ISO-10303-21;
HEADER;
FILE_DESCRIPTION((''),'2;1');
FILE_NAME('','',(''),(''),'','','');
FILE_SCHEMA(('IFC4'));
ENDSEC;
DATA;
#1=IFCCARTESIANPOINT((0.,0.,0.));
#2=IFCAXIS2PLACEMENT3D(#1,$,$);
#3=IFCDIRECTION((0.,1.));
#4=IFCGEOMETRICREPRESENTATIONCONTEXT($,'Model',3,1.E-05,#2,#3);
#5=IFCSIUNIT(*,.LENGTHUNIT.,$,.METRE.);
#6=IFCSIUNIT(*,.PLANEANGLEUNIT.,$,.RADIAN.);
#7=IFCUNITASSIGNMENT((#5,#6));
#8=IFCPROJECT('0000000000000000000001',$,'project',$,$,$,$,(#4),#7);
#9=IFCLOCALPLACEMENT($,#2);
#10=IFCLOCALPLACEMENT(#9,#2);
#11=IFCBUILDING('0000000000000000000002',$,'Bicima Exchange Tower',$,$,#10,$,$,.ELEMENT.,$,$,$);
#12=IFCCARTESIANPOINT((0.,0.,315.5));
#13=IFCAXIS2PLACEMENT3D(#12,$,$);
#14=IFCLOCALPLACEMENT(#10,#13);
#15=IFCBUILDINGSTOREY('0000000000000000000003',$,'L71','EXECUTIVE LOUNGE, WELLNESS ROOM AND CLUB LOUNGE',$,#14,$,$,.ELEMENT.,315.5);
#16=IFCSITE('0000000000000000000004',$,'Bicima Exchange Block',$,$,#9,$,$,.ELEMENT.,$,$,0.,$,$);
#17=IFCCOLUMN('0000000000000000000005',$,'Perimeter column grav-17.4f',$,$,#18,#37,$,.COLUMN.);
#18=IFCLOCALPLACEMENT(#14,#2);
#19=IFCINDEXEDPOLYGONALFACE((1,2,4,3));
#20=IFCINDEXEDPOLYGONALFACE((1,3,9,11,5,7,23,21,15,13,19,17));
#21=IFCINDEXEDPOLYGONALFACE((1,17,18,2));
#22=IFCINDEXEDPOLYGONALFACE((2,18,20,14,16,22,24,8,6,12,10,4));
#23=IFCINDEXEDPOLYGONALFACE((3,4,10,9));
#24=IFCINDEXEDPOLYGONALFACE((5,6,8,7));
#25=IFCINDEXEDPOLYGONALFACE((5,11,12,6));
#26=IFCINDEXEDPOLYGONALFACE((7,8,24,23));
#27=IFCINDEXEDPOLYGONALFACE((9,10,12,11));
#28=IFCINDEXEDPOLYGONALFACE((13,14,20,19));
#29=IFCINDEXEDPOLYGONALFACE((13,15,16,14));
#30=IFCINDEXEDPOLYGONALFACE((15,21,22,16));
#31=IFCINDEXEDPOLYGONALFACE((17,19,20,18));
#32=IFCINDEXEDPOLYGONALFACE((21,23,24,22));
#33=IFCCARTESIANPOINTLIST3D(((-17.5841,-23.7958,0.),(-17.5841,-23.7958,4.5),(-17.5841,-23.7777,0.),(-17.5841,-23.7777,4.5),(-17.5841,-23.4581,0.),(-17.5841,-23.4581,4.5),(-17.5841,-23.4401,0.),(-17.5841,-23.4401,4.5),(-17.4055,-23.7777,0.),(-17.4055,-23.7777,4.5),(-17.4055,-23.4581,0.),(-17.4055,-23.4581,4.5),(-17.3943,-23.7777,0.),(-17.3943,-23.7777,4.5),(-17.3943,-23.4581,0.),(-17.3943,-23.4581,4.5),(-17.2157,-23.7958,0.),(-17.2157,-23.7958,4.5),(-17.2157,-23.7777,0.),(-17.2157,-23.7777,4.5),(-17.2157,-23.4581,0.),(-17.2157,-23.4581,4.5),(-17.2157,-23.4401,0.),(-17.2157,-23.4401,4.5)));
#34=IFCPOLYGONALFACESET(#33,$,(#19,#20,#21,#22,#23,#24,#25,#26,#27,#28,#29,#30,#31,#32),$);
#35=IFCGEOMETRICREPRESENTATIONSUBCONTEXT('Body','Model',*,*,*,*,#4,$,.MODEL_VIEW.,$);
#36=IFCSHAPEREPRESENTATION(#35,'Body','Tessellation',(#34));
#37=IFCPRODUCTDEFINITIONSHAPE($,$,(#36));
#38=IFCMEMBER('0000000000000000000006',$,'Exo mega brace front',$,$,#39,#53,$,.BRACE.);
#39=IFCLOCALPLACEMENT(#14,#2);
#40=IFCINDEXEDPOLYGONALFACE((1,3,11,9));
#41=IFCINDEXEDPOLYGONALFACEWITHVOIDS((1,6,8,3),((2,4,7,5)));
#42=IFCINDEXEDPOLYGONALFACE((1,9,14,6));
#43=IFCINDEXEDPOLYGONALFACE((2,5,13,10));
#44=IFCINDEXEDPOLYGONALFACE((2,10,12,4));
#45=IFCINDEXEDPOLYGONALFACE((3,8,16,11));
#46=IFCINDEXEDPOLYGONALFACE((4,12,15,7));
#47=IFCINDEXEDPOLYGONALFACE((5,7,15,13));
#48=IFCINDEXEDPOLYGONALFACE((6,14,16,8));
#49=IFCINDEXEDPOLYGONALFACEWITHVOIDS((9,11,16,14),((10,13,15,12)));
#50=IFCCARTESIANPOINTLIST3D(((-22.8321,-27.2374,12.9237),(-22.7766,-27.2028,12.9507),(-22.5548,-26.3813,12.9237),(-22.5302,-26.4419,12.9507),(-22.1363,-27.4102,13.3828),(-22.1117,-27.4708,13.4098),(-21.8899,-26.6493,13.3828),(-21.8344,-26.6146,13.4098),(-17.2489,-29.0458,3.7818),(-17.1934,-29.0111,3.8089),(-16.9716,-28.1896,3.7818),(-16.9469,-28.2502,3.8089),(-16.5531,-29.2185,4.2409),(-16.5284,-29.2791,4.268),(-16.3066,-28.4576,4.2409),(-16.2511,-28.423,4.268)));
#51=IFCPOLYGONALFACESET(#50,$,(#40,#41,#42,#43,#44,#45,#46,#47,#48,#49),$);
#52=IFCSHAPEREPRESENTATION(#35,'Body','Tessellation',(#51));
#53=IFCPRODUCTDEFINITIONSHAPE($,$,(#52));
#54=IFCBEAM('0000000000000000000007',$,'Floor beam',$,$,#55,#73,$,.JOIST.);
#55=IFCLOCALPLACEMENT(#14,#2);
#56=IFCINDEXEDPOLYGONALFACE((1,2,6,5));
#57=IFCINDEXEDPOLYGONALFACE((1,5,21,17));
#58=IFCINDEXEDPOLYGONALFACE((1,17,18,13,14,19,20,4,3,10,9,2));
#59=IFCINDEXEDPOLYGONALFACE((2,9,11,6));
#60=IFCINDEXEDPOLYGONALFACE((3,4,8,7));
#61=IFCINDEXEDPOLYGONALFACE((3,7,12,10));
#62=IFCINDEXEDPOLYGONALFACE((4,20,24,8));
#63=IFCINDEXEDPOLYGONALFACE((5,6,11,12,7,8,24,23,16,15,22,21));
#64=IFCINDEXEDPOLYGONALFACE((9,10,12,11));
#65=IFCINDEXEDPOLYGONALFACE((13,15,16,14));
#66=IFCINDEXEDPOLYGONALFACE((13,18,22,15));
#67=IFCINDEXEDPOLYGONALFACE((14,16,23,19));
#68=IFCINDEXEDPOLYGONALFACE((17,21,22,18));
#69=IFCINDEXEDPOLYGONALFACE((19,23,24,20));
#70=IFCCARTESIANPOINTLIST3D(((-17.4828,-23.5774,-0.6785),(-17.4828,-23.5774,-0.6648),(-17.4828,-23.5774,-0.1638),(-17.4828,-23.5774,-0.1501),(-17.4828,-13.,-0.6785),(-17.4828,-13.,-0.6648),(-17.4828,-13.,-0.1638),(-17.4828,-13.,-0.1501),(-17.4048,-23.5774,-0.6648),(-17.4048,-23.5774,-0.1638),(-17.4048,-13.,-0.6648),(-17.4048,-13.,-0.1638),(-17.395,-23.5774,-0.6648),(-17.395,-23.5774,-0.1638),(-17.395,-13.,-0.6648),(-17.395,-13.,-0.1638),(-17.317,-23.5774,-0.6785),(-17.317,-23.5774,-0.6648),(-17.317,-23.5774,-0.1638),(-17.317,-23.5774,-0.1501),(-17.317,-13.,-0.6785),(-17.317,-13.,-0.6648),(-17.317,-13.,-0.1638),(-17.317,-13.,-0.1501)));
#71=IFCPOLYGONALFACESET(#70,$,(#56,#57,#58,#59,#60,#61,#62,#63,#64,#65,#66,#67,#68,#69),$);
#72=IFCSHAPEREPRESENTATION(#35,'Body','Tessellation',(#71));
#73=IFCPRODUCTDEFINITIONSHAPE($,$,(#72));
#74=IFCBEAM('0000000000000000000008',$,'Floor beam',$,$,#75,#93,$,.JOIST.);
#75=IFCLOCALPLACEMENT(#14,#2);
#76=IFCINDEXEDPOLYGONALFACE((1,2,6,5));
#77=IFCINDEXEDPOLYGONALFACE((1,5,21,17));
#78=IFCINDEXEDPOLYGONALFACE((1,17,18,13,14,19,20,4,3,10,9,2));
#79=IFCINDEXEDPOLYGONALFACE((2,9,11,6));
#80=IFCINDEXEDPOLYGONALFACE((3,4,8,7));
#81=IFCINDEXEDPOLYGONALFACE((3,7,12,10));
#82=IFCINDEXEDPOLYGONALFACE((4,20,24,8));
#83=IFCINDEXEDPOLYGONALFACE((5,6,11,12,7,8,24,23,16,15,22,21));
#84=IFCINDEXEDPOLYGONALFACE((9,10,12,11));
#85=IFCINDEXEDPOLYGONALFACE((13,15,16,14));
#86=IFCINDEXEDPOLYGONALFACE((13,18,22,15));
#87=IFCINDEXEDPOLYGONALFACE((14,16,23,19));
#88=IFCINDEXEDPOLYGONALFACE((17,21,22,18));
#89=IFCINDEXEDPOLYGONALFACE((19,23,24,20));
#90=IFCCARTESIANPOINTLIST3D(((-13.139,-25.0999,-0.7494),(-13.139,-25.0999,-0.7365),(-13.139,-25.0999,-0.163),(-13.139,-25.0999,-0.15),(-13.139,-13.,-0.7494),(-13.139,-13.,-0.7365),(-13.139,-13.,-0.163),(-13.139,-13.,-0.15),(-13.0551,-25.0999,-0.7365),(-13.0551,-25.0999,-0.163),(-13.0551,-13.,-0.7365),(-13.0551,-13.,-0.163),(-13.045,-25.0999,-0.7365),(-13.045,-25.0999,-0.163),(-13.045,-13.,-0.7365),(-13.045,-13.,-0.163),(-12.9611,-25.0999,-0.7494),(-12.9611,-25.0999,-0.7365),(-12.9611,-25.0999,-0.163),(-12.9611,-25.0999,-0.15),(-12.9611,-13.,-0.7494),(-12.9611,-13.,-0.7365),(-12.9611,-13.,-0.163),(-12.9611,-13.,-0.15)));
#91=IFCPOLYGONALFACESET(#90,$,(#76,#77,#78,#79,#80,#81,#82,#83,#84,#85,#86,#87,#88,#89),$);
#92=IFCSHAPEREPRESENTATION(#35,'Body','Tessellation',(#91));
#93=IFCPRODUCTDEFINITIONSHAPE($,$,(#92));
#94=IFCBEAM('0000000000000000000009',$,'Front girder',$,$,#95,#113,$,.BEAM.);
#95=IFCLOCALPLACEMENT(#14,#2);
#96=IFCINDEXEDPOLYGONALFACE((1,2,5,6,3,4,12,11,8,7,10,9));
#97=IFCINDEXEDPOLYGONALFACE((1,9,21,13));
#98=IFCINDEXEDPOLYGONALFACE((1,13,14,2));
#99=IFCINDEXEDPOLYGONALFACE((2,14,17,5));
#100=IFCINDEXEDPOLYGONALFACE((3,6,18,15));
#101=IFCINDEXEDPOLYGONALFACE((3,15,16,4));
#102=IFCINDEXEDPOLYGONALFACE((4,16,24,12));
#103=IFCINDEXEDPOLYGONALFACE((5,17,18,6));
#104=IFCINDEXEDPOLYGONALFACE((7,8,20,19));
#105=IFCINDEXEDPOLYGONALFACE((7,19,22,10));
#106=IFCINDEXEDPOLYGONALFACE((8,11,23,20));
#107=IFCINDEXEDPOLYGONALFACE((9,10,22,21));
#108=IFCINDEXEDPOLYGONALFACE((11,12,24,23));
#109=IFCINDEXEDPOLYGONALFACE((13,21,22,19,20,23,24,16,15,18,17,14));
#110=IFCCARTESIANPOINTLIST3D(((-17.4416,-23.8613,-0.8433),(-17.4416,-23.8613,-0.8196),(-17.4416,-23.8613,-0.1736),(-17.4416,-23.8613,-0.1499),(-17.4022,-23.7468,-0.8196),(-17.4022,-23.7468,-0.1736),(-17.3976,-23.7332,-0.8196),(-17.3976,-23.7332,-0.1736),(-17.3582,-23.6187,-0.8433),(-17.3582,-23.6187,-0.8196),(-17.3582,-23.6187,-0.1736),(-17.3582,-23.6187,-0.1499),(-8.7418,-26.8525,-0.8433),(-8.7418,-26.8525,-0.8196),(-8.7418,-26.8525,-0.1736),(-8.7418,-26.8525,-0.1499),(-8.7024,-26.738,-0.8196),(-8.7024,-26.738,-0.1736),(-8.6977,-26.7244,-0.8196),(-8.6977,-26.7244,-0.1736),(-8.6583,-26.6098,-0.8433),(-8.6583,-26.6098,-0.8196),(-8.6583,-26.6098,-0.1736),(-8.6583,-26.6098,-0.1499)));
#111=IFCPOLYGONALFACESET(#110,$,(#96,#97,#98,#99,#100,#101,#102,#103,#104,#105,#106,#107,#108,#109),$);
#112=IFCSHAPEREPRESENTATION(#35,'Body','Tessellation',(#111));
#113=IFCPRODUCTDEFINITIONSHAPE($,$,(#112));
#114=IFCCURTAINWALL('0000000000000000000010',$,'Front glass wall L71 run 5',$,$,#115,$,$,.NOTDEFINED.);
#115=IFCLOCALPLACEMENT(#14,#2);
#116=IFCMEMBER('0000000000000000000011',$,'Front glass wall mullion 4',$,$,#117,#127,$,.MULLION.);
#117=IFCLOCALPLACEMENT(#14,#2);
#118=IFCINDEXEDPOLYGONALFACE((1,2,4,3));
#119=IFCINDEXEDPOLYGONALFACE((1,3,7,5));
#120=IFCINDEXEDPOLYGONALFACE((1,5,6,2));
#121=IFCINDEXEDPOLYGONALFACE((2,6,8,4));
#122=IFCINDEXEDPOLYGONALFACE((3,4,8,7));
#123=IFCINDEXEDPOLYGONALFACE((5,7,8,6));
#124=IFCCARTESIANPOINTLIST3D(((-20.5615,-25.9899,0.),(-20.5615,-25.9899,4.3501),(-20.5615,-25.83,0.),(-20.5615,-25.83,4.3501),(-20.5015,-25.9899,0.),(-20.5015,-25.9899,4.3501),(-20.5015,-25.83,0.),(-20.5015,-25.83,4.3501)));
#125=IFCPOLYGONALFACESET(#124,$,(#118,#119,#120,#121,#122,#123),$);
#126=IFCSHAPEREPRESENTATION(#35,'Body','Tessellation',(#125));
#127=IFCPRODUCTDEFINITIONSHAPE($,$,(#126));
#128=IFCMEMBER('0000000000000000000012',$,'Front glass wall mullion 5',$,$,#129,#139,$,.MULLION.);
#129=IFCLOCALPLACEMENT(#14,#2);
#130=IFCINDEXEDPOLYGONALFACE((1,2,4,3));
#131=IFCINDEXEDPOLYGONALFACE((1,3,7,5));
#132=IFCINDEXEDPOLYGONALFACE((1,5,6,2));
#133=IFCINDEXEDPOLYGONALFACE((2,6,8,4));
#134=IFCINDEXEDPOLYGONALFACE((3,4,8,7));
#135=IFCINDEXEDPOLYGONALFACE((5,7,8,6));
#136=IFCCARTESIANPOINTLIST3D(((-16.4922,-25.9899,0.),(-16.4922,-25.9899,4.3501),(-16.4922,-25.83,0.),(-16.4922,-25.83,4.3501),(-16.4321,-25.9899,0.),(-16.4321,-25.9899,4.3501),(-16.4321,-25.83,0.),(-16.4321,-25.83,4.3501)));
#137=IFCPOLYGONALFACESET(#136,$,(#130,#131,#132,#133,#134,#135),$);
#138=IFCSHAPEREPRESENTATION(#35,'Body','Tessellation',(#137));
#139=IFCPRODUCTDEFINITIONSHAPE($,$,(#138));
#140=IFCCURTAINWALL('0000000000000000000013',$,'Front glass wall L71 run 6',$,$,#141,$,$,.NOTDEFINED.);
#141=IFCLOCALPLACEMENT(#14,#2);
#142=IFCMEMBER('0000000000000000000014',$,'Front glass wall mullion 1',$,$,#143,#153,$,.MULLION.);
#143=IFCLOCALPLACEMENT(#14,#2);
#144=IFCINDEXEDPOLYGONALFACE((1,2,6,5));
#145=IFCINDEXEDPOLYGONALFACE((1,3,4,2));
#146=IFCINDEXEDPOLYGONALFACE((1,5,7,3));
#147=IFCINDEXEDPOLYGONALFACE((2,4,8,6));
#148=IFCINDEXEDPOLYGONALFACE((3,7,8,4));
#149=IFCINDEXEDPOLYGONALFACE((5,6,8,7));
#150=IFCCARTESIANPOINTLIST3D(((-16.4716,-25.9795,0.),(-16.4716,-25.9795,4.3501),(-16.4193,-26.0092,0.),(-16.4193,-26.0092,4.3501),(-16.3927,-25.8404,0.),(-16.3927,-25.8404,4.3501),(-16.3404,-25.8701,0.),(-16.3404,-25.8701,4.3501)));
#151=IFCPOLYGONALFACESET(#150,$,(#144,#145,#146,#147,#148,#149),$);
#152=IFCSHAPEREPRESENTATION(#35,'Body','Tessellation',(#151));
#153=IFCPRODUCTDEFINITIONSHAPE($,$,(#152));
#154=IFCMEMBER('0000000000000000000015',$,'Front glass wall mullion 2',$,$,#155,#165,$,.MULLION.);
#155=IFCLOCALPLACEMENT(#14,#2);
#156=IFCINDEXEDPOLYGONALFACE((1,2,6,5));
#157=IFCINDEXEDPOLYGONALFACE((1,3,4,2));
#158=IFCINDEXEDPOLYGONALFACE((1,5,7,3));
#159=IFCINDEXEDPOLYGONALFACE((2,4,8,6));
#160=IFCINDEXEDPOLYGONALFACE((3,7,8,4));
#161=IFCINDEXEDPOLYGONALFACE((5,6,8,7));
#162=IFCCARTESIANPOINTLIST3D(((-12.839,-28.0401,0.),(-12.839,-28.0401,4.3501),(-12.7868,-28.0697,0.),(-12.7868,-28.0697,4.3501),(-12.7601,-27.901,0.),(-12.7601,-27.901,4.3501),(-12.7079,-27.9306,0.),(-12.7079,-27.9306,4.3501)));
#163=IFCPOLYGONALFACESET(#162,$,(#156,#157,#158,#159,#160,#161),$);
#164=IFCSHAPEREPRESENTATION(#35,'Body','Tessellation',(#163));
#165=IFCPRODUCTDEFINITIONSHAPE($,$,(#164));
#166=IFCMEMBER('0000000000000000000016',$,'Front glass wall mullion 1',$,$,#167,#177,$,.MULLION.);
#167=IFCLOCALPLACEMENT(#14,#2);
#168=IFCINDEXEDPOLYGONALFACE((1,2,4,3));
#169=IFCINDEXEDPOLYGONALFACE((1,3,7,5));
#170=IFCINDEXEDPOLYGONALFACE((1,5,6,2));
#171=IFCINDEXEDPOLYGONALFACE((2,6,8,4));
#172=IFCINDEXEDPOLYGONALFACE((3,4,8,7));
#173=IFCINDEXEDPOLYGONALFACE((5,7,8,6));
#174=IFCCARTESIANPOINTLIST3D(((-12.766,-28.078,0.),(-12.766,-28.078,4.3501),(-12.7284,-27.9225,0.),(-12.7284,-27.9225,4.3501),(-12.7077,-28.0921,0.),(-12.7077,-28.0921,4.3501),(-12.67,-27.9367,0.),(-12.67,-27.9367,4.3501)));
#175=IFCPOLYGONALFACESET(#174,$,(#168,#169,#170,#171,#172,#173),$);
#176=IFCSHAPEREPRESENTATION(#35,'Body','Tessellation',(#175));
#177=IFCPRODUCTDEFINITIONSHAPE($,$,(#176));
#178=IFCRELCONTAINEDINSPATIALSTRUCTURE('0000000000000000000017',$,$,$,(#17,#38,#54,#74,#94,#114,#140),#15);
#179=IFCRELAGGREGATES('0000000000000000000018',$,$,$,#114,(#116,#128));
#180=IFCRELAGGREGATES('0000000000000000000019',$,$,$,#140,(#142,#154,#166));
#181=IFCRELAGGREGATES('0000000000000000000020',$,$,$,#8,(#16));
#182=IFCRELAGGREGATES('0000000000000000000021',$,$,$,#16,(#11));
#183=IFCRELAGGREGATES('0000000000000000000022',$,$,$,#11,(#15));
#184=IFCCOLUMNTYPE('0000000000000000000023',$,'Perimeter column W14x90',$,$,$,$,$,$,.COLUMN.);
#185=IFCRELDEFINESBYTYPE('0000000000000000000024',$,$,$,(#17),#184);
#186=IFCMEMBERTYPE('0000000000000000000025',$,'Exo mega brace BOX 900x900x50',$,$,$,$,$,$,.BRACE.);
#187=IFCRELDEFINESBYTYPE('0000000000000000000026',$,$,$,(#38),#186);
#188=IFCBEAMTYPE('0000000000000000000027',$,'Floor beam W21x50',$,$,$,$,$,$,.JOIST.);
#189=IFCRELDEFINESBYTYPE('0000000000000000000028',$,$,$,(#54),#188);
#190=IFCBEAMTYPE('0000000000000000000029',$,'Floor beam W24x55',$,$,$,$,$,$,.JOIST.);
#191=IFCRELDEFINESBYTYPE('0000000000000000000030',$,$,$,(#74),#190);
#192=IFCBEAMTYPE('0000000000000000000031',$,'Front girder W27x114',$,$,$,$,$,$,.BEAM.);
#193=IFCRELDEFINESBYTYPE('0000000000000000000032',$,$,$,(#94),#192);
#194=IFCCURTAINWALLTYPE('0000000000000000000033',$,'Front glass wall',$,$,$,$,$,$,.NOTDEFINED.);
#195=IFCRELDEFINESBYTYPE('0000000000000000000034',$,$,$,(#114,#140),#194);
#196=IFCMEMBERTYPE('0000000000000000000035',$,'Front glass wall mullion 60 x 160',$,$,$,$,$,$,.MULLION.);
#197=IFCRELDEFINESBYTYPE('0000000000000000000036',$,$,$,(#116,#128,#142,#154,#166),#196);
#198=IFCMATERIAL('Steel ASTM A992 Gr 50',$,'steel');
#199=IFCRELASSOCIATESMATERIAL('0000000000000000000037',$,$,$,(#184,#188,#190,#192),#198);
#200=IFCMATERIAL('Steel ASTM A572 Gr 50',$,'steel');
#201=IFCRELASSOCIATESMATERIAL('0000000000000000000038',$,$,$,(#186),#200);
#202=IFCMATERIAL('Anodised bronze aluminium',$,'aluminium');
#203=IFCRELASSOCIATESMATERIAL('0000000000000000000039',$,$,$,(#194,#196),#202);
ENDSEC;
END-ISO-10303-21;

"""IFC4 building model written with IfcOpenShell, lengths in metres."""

from ifc_helpers import new_model, si_unit, direction, frame, origin, origin_2d, place, context, subcontext, project, spatial, rectangle, hollow_rectangle, i_section, extrude, material, material_profile, profile_set, type_object, element, aggregate, save


model = new_model("IFC4")

# Units and contexts
model_context = context("Model", 3, precision=1e-05, world=origin(), true_north=direction((0.0, 1.0)))
body_context = subcontext(model_context, "Body", "Model", "MODEL_VIEW")
ifc_project = project(units=[si_unit("LENGTHUNIT", "METRE"), si_unit("PLANEANGLEUNIT", "RADIAN")], contexts=[model_context])

# Site, building, storey
site_placement = place(None, origin())
site = spatial("IfcSite", under=ifc_project, at=site_placement, Name="Bicima Exchange Block", CompositionType="ELEMENT", RefElevation=0.0)
building_placement = place(site_placement, origin())
building = spatial("IfcBuilding", under=site, at=building_placement, Name="Bicima Exchange Tower", CompositionType="ELEMENT")
storey_placement = place(building_placement, frame((0.0, 0.0, 315.5)))
storey = spatial("IfcBuildingStorey", under=building, at=storey_placement, Name="L71", Description="EXECUTIVE LOUNGE, WELLNESS ROOM AND CLUB LOUNGE", CompositionType="ELEMENT", Elevation=315.5)

# Column
ifc_material_1 = material(Name="Steel ASTM A992 Gr 50", Category="steel")
ifc_material_profile_1 = material_profile(ifc_material_1, i_section(OverallWidth=0.3684, OverallDepth=0.3557, WebThickness=0.0112, FlangeThickness=0.0181, at=origin_2d()))
ifc_profile_set_1 = profile_set([ifc_material_profile_1], Name="Steel ASTM A992 Gr 50")
column_type = type_object("IfcColumnType", Name="Perimeter column W14x90", PredefinedType="COLUMN", material=ifc_profile_set_1)
column_placement = place(storey_placement, frame((-17.3999, -23.6179, 0.0), z_axis=(0.0, 0.0, 1.0), x_axis=(1.0, 0.0, 0.0)))
element("IfcColumn", 1, at=column_placement, inside=storey, type_object=column_type, Name="Perimeter column grav-17.4f", PredefinedType="COLUMN", context=body_context, shape_type="SweptSolid", body=[
    extrude(i_section(OverallWidth=0.3684, OverallDepth=0.3557, WebThickness=0.0112, FlangeThickness=0.0181, at=origin_2d()), origin(), (0.0, 0.0, 1.0), 4.5),
])

# Member
ifc_material_2 = material(Name="Steel ASTM A572 Gr 50", Category="steel")
ifc_material_profile_2 = material_profile(ifc_material_2, hollow_rectangle(XDim=0.8999, YDim=0.8999, WallThickness=0.05, at=origin_2d()))
ifc_profile_set_2 = profile_set([ifc_material_profile_2], Name="Steel ASTM A572 Gr 50")
member_type_1 = type_object("IfcMemberType", Name="Exo mega brace BOX 900x900x50", PredefinedType="BRACE", material=ifc_profile_set_2)
member_1_placement = place(storey_placement, frame((-16.75, -28.7344, 4.0249), z_axis=(-0.513945, 0.166461, 0.841517), x_axis=(-0.308129, -0.951344, 0.0)))
element("IfcMember", 2, at=member_1_placement, inside=storey, type_object=member_type_1, Name="Exo mega brace front", PredefinedType="BRACE", context=body_context, shape_type="SweptSolid", body=[
    extrude(hollow_rectangle(XDim=0.8999, YDim=0.8999, WallThickness=0.05, at=origin_2d()), origin(), (0.0, 0.0, 1.0), 10.8635),
])

# Beams
ifc_material_profile_3 = material_profile(ifc_material_1, i_section(OverallWidth=0.1658, OverallDepth=0.5283, WebThickness=0.0098, FlangeThickness=0.0137, at=origin_2d()))
ifc_profile_set_3 = profile_set([ifc_material_profile_3], Name="Steel ASTM A992 Gr 50")
beam_type_1 = type_object("IfcBeamType", Name="Floor beam W21x50", PredefinedType="JOIST", material=ifc_profile_set_3)
beam_1_placement = place(storey_placement, frame((-17.3999, -13.0, -0.4143), z_axis=(0.0, -1.0, 0.0), x_axis=(1.0, 0.0, 0.0)))
element("IfcBeam", 3, at=beam_1_placement, inside=storey, type_object=beam_type_1, Name="Floor beam", PredefinedType="JOIST", context=body_context, shape_type="SweptSolid", body=[
    extrude(i_section(OverallWidth=0.1658, OverallDepth=0.5283, WebThickness=0.0098, FlangeThickness=0.0137, at=origin_2d()), origin(), (0.0, 0.0, 1.0), 10.5774),
])
ifc_material_profile_4 = material_profile(ifc_material_1, i_section(OverallWidth=0.178, OverallDepth=0.5994, WebThickness=0.01, FlangeThickness=0.0129, at=origin_2d()))
ifc_profile_set_4 = profile_set([ifc_material_profile_4], Name="Steel ASTM A992 Gr 50")
beam_type_2 = type_object("IfcBeamType", Name="Floor beam W24x55", PredefinedType="JOIST", material=ifc_profile_set_4)
beam_2_placement = place(storey_placement, frame((-13.05, -13.0, -0.4497), z_axis=(0.0, -1.0, 0.0), x_axis=(1.0, 0.0, 0.0)))
element("IfcBeam", 4, at=beam_2_placement, inside=storey, type_object=beam_type_2, Name="Floor beam", PredefinedType="JOIST", context=body_context, shape_type="SweptSolid", body=[
    extrude(i_section(OverallWidth=0.178, OverallDepth=0.5994, WebThickness=0.01, FlangeThickness=0.0129, at=origin_2d()), origin(), (0.0, 0.0, 1.0), 12.0999),
])
ifc_material_profile_5 = material_profile(ifc_material_1, i_section(OverallWidth=0.2566, OverallDepth=0.6934, WebThickness=0.0144, FlangeThickness=0.0237, at=origin_2d()))
ifc_profile_set_5 = profile_set([ifc_material_profile_5], Name="Steel ASTM A992 Gr 50")
beam_type_3 = type_object("IfcBeamType", Name="Front girder W27x114", PredefinedType="BEAM", material=ifc_profile_set_5)
beam_3_placement = place(storey_placement, frame((-17.3999, -23.74, -0.4966), z_axis=(0.945666, -0.325138, 0.0), x_axis=(0.325138, 0.945666, 0.0)))
element("IfcBeam", 5, at=beam_3_placement, inside=storey, type_object=beam_type_3, Name="Front girder", PredefinedType="BEAM", context=body_context, shape_type="SweptSolid", body=[
    extrude(i_section(OverallWidth=0.2566, OverallDepth=0.6934, WebThickness=0.0144, FlangeThickness=0.0237, at=origin_2d()), origin(), (0.0, 0.0, 1.0), 9.1997),
])

# Curtain walls, members
ifc_material_3 = material(Name="Anodised bronze aluminium", Category="aluminium")
curtain_wall_type = type_object("IfcCurtainWallType", Name="Front glass wall", PredefinedType="NOTDEFINED", material=ifc_material_3)
curtain_wall_1_placement = place(storey_placement, origin())
curtain_wall_1 = element("IfcCurtainWall", 6, at=curtain_wall_1_placement, inside=storey, type_object=curtain_wall_type, Name="Front glass wall L71 run 5", PredefinedType="NOTDEFINED")
ifc_material_profile_6 = material_profile(ifc_material_3, rectangle(XDim=0.1599, YDim=0.0601, at=origin_2d()))
ifc_profile_set_6 = profile_set([ifc_material_profile_6], Name="Anodised bronze aluminium")
member_type_2 = type_object("IfcMemberType", Name="Front glass wall mullion 60 x 160", PredefinedType="MULLION", material=ifc_profile_set_6)
member_2_placement = place(storey_placement, frame((-20.5315, -25.9099, 0.0), z_axis=(0.0, 0.0, 1.0), x_axis=(0.0, 1.0, 0.0)))
member_2 = element("IfcMember", 7, at=member_2_placement, type_object=member_type_2, Name="Front glass wall mullion 4", PredefinedType="MULLION", context=body_context, shape_type="SweptSolid", body=[
    extrude(rectangle(XDim=0.1599, YDim=0.0601, at=origin_2d()), origin(), (0.0, 0.0, 1.0), 4.3501),
])
member_3_placement = place(storey_placement, frame((-16.4622, -25.9099, 0.0), z_axis=(0.0, 0.0, 1.0), x_axis=(0.0, 1.0, 0.0)))
member_3 = element("IfcMember", 8, at=member_3_placement, type_object=member_type_2, Name="Front glass wall mullion 5", PredefinedType="MULLION", context=body_context, shape_type="SweptSolid", body=[
    extrude(rectangle(XDim=0.1599, YDim=0.0601, at=origin_2d()), origin(), (0.0, 0.0, 1.0), 4.3501),
])
curtain_wall_2_placement = place(storey_placement, origin())
curtain_wall_2 = element("IfcCurtainWall", 9, at=curtain_wall_2_placement, inside=storey, type_object=curtain_wall_type, Name="Front glass wall L71 run 6", PredefinedType="NOTDEFINED")
member_4_placement = place(storey_placement, frame((-16.406, -25.9248, 0.0), z_axis=(0.0, 0.0, 1.0), x_axis=(0.493395, 0.869805, 0.0)))
member_4 = element("IfcMember", 10, at=member_4_placement, type_object=member_type_2, Name="Front glass wall mullion 1", PredefinedType="MULLION", context=body_context, shape_type="SweptSolid", body=[
    extrude(rectangle(XDim=0.1599, YDim=0.0601, at=origin_2d()), origin(), (0.0, 0.0, 1.0), 4.3501),
])
member_5_placement = place(storey_placement, frame((-12.7734, -27.9854, 0.0), z_axis=(0.0, 0.0, 1.0), x_axis=(0.493395, 0.869805, 0.0)))
member_5 = element("IfcMember", 11, at=member_5_placement, type_object=member_type_2, Name="Front glass wall mullion 2", PredefinedType="MULLION", context=body_context, shape_type="SweptSolid", body=[
    extrude(rectangle(XDim=0.1599, YDim=0.0601, at=origin_2d()), origin(), (0.0, 0.0, 1.0), 4.3501),
])
member_6_placement = place(storey_placement, frame((-12.718, -28.0073, 0.0), z_axis=(0.0, 0.0, 1.0), x_axis=(0.235682, 0.97183, 0.0)))
member_6 = element("IfcMember", 12, at=member_6_placement, type_object=member_type_2, Name="Front glass wall mullion 1", PredefinedType="MULLION", context=body_context, shape_type="SweptSolid", body=[
    extrude(rectangle(XDim=0.1599, YDim=0.0601, at=origin_2d()), origin(), (0.0, 0.0, 1.0), 4.3501),
])

aggregate(curtain_wall_1, [member_2, member_3])
aggregate(curtain_wall_2, [member_4, member_5, member_6])

save(model, "model.ifc")
